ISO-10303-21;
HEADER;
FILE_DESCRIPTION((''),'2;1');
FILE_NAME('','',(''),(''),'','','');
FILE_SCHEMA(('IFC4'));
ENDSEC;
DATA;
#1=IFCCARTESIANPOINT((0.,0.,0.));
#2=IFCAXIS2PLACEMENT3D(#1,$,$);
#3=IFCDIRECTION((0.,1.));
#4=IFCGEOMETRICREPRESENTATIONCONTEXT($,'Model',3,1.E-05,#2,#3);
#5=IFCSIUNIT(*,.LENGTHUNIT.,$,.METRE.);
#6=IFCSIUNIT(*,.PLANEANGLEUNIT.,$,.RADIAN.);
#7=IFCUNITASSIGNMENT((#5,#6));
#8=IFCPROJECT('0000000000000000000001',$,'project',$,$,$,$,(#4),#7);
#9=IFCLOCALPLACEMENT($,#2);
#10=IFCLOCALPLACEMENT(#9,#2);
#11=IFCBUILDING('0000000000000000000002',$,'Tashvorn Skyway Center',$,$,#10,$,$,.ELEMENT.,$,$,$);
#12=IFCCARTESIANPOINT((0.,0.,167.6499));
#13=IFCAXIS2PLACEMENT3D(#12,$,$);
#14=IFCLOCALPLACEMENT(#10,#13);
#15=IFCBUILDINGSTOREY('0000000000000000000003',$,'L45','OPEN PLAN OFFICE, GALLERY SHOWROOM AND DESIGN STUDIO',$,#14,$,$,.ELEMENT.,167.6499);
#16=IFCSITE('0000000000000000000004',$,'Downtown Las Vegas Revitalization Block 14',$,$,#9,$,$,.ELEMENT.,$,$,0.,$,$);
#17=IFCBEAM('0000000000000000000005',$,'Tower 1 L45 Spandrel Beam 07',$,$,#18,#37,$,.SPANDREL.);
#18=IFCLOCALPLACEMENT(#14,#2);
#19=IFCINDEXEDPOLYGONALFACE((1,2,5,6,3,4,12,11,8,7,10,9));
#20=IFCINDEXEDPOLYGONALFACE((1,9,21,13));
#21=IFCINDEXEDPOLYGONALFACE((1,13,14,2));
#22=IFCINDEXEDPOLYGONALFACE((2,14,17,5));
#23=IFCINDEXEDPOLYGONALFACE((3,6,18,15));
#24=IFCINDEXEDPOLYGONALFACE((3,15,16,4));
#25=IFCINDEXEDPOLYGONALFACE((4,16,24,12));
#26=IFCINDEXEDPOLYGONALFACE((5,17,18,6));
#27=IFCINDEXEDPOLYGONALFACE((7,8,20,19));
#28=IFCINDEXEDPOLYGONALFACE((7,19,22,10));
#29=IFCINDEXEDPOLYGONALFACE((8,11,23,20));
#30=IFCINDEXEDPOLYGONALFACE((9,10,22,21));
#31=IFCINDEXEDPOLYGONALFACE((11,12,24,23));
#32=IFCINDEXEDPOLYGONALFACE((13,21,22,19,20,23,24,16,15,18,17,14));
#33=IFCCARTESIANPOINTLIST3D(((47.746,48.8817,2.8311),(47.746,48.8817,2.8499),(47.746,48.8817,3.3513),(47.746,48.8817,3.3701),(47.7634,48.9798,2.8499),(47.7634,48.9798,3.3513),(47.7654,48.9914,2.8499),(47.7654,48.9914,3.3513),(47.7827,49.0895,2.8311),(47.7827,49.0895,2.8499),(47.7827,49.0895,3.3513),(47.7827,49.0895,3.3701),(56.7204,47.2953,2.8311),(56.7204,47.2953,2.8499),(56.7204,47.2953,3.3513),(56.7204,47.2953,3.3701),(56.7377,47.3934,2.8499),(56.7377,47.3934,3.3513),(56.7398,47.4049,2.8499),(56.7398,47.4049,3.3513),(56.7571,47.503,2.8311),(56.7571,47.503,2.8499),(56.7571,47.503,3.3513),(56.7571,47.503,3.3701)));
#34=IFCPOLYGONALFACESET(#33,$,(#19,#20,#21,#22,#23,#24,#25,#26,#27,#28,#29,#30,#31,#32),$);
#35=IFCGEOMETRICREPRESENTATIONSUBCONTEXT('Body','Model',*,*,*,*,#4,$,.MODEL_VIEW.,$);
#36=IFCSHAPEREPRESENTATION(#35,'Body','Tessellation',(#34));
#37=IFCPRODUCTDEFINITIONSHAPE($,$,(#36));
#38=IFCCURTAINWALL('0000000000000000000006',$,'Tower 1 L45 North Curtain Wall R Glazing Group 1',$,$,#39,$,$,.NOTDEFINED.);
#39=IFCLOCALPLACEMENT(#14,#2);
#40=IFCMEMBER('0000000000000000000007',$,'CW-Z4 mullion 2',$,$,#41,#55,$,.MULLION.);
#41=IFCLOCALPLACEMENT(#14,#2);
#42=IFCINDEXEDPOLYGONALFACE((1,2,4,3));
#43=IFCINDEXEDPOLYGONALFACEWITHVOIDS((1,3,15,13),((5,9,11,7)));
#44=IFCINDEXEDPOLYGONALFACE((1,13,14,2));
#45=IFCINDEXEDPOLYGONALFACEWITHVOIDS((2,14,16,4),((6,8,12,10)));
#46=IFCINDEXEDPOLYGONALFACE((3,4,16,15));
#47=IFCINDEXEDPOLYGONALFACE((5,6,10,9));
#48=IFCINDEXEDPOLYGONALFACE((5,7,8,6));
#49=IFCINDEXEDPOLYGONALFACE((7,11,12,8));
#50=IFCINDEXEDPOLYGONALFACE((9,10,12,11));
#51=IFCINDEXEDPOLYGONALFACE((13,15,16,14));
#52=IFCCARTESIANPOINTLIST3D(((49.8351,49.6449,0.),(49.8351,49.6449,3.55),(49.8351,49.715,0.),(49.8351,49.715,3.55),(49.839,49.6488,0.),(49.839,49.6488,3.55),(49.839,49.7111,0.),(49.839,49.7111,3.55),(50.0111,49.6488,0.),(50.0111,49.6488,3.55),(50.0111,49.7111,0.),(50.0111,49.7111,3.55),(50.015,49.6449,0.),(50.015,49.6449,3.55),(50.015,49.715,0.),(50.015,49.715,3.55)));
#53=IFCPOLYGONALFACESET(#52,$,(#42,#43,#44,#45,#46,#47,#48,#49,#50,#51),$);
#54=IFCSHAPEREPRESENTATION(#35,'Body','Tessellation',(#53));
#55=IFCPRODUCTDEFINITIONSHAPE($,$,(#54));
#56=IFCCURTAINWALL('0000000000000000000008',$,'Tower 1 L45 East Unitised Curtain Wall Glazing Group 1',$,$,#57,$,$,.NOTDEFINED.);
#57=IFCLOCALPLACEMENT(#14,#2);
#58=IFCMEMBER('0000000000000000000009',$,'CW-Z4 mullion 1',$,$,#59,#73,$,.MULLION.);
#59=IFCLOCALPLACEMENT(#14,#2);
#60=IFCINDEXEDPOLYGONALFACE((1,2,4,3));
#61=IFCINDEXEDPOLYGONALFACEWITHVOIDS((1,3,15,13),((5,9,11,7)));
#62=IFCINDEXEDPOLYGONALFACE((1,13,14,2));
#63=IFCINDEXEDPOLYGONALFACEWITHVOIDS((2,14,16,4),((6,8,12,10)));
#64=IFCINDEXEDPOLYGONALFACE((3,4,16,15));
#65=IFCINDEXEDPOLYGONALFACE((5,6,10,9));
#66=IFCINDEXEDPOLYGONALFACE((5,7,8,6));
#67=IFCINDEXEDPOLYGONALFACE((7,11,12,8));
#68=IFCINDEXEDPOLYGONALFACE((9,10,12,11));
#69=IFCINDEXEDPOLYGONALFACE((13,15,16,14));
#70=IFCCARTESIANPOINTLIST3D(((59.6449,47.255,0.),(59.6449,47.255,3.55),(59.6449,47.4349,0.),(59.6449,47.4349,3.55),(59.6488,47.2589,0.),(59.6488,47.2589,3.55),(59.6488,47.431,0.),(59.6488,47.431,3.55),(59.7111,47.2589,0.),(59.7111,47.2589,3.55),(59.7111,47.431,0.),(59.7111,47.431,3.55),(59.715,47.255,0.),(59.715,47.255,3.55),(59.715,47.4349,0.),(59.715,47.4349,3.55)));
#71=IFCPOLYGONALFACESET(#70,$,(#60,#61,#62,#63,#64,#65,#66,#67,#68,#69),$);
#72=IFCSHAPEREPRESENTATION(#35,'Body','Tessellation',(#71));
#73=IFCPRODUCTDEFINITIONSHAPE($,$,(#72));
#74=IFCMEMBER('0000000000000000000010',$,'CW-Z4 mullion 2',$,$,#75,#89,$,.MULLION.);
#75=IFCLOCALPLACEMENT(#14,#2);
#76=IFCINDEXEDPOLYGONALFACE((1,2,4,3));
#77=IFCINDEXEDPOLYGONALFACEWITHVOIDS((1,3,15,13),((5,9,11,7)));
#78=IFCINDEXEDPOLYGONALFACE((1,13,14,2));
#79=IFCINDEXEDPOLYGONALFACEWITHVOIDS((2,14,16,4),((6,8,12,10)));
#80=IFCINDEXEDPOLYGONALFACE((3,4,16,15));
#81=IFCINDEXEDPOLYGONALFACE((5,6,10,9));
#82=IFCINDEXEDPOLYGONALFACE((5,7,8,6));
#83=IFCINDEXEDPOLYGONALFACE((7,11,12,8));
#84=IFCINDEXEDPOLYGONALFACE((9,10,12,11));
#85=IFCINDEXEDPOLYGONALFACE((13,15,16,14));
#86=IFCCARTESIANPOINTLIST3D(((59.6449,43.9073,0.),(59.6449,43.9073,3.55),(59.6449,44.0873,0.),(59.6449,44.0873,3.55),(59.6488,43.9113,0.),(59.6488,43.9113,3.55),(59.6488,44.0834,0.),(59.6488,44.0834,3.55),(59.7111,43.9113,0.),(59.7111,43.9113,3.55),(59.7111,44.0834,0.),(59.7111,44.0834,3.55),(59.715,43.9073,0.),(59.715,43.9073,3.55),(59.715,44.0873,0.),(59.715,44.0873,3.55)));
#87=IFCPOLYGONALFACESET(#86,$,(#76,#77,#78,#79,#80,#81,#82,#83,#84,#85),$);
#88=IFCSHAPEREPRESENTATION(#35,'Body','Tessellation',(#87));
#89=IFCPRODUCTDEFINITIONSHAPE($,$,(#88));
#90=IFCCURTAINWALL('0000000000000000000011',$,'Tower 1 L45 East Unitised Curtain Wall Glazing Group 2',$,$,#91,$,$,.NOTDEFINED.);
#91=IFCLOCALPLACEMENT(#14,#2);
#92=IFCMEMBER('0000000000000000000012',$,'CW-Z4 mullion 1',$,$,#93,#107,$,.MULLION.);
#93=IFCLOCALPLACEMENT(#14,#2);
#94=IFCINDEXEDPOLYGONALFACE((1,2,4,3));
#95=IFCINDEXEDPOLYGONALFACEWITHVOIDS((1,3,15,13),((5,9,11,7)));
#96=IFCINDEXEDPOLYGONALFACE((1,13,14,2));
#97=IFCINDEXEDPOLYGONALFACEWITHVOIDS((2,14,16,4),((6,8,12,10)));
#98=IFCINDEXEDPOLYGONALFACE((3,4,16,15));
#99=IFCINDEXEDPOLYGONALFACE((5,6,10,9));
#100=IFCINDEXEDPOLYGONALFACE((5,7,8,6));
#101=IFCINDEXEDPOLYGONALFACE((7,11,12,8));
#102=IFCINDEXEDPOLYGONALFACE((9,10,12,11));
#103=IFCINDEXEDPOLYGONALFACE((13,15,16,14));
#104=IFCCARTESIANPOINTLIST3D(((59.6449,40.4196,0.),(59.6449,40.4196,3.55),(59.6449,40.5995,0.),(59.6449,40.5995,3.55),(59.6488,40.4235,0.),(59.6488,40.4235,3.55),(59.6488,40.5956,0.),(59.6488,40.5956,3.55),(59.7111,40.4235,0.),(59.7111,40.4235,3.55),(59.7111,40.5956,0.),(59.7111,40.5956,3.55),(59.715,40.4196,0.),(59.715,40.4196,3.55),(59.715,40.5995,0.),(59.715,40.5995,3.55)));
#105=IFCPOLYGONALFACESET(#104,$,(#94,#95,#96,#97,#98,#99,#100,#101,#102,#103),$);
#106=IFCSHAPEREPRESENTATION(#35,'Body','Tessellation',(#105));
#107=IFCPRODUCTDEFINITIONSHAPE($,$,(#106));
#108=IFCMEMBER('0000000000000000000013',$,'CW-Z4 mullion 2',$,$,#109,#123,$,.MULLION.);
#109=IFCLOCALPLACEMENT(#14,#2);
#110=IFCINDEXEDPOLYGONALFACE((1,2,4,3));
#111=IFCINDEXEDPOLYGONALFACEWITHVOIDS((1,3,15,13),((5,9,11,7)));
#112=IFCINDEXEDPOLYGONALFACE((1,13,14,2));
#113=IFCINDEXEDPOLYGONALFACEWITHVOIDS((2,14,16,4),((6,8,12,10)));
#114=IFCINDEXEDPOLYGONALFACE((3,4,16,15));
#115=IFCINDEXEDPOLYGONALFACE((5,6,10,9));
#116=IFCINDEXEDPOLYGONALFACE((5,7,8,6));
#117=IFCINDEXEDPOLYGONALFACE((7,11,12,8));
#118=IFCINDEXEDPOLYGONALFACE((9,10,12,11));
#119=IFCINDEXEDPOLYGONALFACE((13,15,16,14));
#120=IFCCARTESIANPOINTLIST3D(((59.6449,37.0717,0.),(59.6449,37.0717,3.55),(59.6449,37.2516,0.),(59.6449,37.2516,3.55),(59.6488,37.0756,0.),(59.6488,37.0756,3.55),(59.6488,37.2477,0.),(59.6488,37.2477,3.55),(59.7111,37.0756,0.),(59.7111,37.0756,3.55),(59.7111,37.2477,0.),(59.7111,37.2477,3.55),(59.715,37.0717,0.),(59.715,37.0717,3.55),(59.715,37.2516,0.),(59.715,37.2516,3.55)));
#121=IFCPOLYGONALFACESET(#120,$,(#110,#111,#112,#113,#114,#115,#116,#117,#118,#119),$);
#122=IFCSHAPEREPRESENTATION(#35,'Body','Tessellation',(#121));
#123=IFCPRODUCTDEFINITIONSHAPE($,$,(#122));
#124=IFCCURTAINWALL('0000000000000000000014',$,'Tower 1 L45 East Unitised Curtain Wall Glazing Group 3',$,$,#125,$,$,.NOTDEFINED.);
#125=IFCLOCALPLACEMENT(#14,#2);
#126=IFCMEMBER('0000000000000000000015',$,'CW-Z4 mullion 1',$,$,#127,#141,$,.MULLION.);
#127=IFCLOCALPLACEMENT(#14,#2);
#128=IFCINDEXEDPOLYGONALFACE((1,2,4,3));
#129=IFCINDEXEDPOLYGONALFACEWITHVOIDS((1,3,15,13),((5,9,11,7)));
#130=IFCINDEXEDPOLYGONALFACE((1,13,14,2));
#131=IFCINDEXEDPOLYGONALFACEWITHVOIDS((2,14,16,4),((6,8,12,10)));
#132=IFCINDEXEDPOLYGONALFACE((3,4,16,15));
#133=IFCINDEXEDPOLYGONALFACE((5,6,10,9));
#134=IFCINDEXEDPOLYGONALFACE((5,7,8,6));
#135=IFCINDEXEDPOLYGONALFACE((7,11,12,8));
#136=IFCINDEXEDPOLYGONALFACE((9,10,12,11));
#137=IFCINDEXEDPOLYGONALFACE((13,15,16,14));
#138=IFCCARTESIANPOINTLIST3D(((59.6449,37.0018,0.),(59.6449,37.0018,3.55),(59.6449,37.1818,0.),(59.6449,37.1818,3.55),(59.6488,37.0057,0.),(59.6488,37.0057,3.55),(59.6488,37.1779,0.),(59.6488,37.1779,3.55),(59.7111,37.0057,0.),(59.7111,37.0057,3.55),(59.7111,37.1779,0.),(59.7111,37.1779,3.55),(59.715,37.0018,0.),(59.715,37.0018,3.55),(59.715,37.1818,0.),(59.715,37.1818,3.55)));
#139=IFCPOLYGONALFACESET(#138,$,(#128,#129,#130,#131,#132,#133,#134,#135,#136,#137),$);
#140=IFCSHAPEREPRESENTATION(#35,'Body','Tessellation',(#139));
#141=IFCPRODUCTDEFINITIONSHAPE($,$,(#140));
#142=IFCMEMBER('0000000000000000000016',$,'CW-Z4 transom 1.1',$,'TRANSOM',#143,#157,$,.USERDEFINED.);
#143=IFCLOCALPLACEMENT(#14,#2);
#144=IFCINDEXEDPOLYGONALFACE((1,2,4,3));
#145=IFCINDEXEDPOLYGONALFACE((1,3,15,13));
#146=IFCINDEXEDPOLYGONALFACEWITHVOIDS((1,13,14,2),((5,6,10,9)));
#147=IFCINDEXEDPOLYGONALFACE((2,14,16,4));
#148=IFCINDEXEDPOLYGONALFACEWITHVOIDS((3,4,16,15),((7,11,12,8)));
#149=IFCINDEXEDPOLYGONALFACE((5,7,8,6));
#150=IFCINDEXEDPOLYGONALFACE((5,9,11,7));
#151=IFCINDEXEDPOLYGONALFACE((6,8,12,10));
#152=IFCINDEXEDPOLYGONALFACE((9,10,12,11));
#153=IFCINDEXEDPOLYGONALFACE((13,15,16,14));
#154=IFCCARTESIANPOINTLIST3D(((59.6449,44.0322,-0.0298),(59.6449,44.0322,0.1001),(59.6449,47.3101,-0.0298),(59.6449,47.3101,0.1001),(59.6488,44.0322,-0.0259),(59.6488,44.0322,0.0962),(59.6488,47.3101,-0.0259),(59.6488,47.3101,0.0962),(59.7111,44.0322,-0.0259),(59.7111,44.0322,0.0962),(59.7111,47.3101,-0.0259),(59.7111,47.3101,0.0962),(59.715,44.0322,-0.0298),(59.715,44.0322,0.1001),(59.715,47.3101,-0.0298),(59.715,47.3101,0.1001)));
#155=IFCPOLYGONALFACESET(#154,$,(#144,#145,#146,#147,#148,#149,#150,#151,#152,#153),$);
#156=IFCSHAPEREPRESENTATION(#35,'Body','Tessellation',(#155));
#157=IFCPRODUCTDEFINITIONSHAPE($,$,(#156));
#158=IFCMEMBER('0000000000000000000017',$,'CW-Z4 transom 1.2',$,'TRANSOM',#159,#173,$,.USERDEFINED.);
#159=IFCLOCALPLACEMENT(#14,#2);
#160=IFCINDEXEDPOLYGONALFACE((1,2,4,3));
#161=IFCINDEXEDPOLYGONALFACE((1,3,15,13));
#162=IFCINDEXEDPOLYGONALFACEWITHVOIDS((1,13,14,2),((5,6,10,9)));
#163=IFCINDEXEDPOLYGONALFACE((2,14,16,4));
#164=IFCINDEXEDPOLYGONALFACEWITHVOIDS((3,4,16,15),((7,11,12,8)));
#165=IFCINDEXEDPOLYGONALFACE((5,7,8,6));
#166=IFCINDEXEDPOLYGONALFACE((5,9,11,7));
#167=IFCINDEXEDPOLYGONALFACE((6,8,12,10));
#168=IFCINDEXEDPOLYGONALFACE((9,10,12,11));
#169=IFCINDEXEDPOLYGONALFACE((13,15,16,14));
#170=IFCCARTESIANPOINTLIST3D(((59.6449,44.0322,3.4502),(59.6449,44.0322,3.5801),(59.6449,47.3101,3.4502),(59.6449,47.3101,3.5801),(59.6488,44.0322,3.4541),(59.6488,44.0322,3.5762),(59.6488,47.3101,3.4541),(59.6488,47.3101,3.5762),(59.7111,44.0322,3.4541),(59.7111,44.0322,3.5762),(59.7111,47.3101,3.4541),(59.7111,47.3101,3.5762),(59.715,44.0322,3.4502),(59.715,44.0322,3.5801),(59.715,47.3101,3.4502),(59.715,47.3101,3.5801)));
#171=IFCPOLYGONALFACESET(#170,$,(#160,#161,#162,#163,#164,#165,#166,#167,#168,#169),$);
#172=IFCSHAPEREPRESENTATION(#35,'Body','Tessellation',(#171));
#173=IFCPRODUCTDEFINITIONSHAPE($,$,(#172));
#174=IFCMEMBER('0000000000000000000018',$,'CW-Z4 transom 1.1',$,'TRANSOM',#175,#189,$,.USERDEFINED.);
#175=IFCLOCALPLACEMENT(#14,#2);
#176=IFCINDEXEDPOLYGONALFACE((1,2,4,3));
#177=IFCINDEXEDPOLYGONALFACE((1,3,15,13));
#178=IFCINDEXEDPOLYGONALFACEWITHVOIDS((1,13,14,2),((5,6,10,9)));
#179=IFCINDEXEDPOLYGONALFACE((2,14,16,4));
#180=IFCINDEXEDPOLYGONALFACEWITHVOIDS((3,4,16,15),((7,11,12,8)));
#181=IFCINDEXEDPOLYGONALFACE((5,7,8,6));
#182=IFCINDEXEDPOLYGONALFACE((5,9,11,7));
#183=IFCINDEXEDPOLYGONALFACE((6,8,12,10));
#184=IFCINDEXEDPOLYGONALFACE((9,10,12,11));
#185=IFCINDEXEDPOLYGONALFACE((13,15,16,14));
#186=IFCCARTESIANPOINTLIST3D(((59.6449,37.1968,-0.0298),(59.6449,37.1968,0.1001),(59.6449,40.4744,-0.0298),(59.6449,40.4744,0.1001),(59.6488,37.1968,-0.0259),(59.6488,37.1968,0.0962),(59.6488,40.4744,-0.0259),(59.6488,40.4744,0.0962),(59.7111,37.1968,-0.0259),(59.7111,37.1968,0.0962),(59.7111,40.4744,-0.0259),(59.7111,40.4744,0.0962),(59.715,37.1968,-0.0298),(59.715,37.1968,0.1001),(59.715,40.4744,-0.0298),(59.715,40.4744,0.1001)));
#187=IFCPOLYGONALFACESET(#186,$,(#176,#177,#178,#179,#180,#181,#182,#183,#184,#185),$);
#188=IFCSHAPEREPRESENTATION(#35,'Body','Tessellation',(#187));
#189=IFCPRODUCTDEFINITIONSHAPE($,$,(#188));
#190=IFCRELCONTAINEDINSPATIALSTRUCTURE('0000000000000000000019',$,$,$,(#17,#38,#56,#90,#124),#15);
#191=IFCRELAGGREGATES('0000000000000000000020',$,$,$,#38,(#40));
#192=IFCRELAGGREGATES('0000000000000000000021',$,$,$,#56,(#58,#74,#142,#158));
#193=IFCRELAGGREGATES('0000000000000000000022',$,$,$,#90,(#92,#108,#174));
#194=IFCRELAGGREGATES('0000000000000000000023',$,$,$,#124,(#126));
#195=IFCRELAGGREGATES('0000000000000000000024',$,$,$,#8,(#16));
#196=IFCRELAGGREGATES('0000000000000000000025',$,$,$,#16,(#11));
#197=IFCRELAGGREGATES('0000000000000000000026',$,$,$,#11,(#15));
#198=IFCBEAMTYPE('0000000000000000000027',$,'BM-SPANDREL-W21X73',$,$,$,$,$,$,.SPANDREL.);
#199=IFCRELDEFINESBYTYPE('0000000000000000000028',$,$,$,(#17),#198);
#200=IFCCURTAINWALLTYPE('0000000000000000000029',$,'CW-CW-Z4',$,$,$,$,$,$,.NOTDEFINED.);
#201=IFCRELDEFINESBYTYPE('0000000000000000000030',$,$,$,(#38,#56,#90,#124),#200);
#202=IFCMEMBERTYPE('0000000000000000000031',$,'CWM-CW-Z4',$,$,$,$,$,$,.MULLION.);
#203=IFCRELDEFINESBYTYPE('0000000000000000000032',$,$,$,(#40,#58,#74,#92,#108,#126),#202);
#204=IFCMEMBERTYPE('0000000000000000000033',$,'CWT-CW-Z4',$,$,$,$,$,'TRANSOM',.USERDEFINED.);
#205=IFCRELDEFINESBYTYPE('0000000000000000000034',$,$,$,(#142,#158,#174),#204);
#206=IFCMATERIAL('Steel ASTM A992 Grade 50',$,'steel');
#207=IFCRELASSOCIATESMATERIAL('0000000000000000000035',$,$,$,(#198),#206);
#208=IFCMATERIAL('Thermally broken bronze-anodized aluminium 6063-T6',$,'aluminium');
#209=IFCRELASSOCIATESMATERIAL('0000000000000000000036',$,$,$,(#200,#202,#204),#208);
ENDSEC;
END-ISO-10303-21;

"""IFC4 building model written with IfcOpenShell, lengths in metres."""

from ifc_helpers import new_model, si_unit, direction, frame, origin, origin_2d, place, context, subcontext, project, spatial, hollow_rectangle, i_section, extrude, material, material_profile, profile_set, type_object, element, aggregate, save


model = new_model("IFC4")

# Units and contexts
model_context = context("Model", 3, precision=1e-05, world=origin(), true_north=direction((0.0, 1.0)))
body_context = subcontext(model_context, "Body", "Model", "MODEL_VIEW")
ifc_project = project(units=[si_unit("LENGTHUNIT", "METRE"), si_unit("PLANEANGLEUNIT", "RADIAN")], contexts=[model_context])

# Site, building, storey
site_placement = place(None, origin())
site = spatial("IfcSite", under=ifc_project, at=site_placement, Name="Downtown Las Vegas Revitalization Block 14", CompositionType="ELEMENT", RefElevation=0.0)
building_placement = place(site_placement, origin())
building = spatial("IfcBuilding", under=site, at=building_placement, Name="Tashvorn Skyway Center", CompositionType="ELEMENT")
storey_placement = place(building_placement, frame((0.0, 0.0, 167.6499)))
storey = spatial("IfcBuildingStorey", under=building, at=storey_placement, Name="L45", Description="OPEN PLAN OFFICE, GALLERY SHOWROOM AND DESIGN STUDIO", CompositionType="ELEMENT", Elevation=167.6499)

# Beam
ifc_material_1 = material(Name="Steel ASTM A992 Grade 50", Category="steel")
ifc_material_profile_1 = material_profile(ifc_material_1, i_section(OverallWidth=0.2109, OverallDepth=0.5391, WebThickness=0.0117, FlangeThickness=0.0188, at=origin_2d()), Name="W21X73")
ifc_profile_set_1 = profile_set([ifc_material_profile_1], Name="Steel ASTM A992 Grade 50")
beam_type_1 = type_object("IfcBeamType", Name="BM-SPANDREL-W21X73", PredefinedType="SPANDREL", material=ifc_profile_set_1)
for number, where, z_axis, x_axis, name in (
    (1, (56.7388, 47.3992, 3.1006), (-0.984733, 0.174074, 0.0), (-0.174074, -0.984733, 0.0), "Tower 1 L45 Spandrel Beam 07"),
):
    element("IfcBeam", number, at=place(storey_placement, frame(where, z_axis=z_axis, x_axis=x_axis)), inside=storey, type_object=beam_type_1, Name=name, PredefinedType="SPANDREL", context=body_context, shape_type="SweptSolid", body=[
        extrude(i_section(OverallWidth=0.2109, OverallDepth=0.5391, WebThickness=0.0117, FlangeThickness=0.0188, at=origin_2d()), origin(), (0.0, 0.0, 1.0), 9.1135),
    ])

# Curtain wall, member
ifc_material_2 = material(Name="Thermally broken bronze-anodized aluminium 6063-T6", Category="aluminium")
curtain_wall_type = type_object("IfcCurtainWallType", Name="CW-CW-Z4", PredefinedType="NOTDEFINED", material=ifc_material_2)
curtain_wall_1_placement = place(storey_placement, origin())
curtain_wall_1 = element("IfcCurtainWall", 2, at=curtain_wall_1_placement, inside=storey, type_object=curtain_wall_type, Name="Tower 1 L45 North Curtain Wall R Glazing Group 1", PredefinedType="NOTDEFINED")
ifc_material_profile_2 = material_profile(ifc_material_2, hollow_rectangle(XDim=0.0701, YDim=0.1799, WallThickness=0.0039, at=origin_2d()), Name="ALU-MULL-70x180")
ifc_profile_set_2 = profile_set([ifc_material_profile_2], Name="Thermally broken bronze-anodized aluminium 6063-T6")
member_type_1 = type_object("IfcMemberType", Name="CWM-CW-Z4", PredefinedType="MULLION", material=ifc_profile_set_2)
member_1_placement = place(storey_placement, frame((49.925, 49.6799, 0.0), z_axis=(0.0, 0.0, 1.0), x_axis=(0.0, 1.0, 0.0)))
member_1 = element("IfcMember", 3, at=member_1_placement, type_object=member_type_1, Name="CW-Z4 mullion 2", PredefinedType="MULLION", context=body_context, shape_type="SweptSolid", body=[
    extrude(hollow_rectangle(XDim=0.0701, YDim=0.1799, WallThickness=0.0039, at=origin_2d()), origin(), (0.0, 0.0, 1.0), 3.55),
])
aggregate(curtain_wall_1, [member_1])

# Curtain walls, members
curtain_wall_2_placement = place(storey_placement, origin())
curtain_wall_2 = element("IfcCurtainWall", 4, at=curtain_wall_2_placement, inside=storey, type_object=curtain_wall_type, Name="Tower 1 L45 East Unitised Curtain Wall Glazing Group 1", PredefinedType="NOTDEFINED")
member_2_placement = place(storey_placement, frame((59.6799, 47.345, 0.0), z_axis=(0.0, 0.0, 1.0), x_axis=(1.0, 0.0, 0.0)))
member_2 = element("IfcMember", 5, at=member_2_placement, type_object=member_type_1, Name="CW-Z4 mullion 1", PredefinedType="MULLION", context=body_context, shape_type="SweptSolid", body=[
    extrude(hollow_rectangle(XDim=0.0701, YDim=0.1799, WallThickness=0.0039, at=origin_2d()), origin(), (0.0, 0.0, 1.0), 3.55),
])
member_3_placement = place(storey_placement, frame((59.6799, 43.9973, 0.0), z_axis=(0.0, 0.0, 1.0), x_axis=(1.0, 0.0, 0.0)))
member_3 = element("IfcMember", 6, at=member_3_placement, type_object=member_type_1, Name="CW-Z4 mullion 2", PredefinedType="MULLION", context=body_context, shape_type="SweptSolid", body=[
    extrude(hollow_rectangle(XDim=0.0701, YDim=0.1799, WallThickness=0.0039, at=origin_2d()), origin(), (0.0, 0.0, 1.0), 3.55),
])
curtain_wall_3_placement = place(storey_placement, origin())
curtain_wall_3 = element("IfcCurtainWall", 7, at=curtain_wall_3_placement, inside=storey, type_object=curtain_wall_type, Name="Tower 1 L45 East Unitised Curtain Wall Glazing Group 2", PredefinedType="NOTDEFINED")
member_4_placement = place(storey_placement, frame((59.6799, 40.5095, 0.0), z_axis=(0.0, 0.0, 1.0), x_axis=(1.0, 0.0, 0.0)))
member_4 = element("IfcMember", 8, at=member_4_placement, type_object=member_type_1, Name="CW-Z4 mullion 1", PredefinedType="MULLION", context=body_context, shape_type="SweptSolid", body=[
    extrude(hollow_rectangle(XDim=0.0701, YDim=0.1799, WallThickness=0.0039, at=origin_2d()), origin(), (0.0, 0.0, 1.0), 3.55),
])
member_5_placement = place(storey_placement, frame((59.6799, 37.1616, 0.0), z_axis=(0.0, 0.0, 1.0), x_axis=(1.0, 0.0, 0.0)))
member_5 = element("IfcMember", 9, at=member_5_placement, type_object=member_type_1, Name="CW-Z4 mullion 2", PredefinedType="MULLION", context=body_context, shape_type="SweptSolid", body=[
    extrude(hollow_rectangle(XDim=0.0701, YDim=0.1799, WallThickness=0.0039, at=origin_2d()), origin(), (0.0, 0.0, 1.0), 3.55),
])

# Curtain wall, member
curtain_wall_4_placement = place(storey_placement, origin())
curtain_wall_4 = element("IfcCurtainWall", 10, at=curtain_wall_4_placement, inside=storey, type_object=curtain_wall_type, Name="Tower 1 L45 East Unitised Curtain Wall Glazing Group 3", PredefinedType="NOTDEFINED")
member_6_placement = place(storey_placement, frame((59.6799, 37.0918, 0.0), z_axis=(0.0, 0.0, 1.0), x_axis=(1.0, 0.0, 0.0)))
member_6 = element("IfcMember", 11, at=member_6_placement, type_object=member_type_1, Name="CW-Z4 mullion 1", PredefinedType="MULLION", context=body_context, shape_type="SweptSolid", body=[
    extrude(hollow_rectangle(XDim=0.0701, YDim=0.1799, WallThickness=0.0039, at=origin_2d()), origin(), (0.0, 0.0, 1.0), 3.55),
])

# Members
ifc_material_profile_3 = material_profile(ifc_material_2, hollow_rectangle(XDim=0.0701, YDim=0.1299, WallThickness=0.0039, at=origin_2d()), Name="ALU-TRAN-70x130")
ifc_profile_set_3 = profile_set([ifc_material_profile_3], Name="Thermally broken bronze-anodized aluminium 6063-T6")
member_type_2 = type_object("IfcMemberType", Name="CWT-CW-Z4", ElementType="TRANSOM", PredefinedType="USERDEFINED", material=ifc_profile_set_3)
member_7_placement = place(storey_placement, frame((59.6799, 47.3101, 0.0352), z_axis=(0.0, -1.0, 0.0), x_axis=(1.0, 0.0, 0.0)))
member_7 = element("IfcMember", 12, at=member_7_placement, type_object=member_type_2, Name="CW-Z4 transom 1.1", ObjectType="TRANSOM", PredefinedType="USERDEFINED", context=body_context, shape_type="SweptSolid", body=[
    extrude(hollow_rectangle(XDim=0.0701, YDim=0.1299, WallThickness=0.0039, at=origin_2d()), origin(), (0.0, 0.0, 1.0), 3.2778),
])
member_8_placement = place(storey_placement, frame((59.6799, 47.3101, 3.5151), z_axis=(0.0, -1.0, 0.0), x_axis=(1.0, 0.0, 0.0)))
member_8 = element("IfcMember", 13, at=member_8_placement, type_object=member_type_2, Name="CW-Z4 transom 1.2", ObjectType="TRANSOM", PredefinedType="USERDEFINED", context=body_context, shape_type="SweptSolid", body=[
    extrude(hollow_rectangle(XDim=0.0701, YDim=0.1299, WallThickness=0.0039, at=origin_2d()), origin(), (0.0, 0.0, 1.0), 3.2778),
])
member_9_placement = place(storey_placement, frame((59.6799, 40.4744, 0.0352), z_axis=(0.0, -1.0, 0.0), x_axis=(1.0, 0.0, 0.0)))
member_9 = element("IfcMember", 14, at=member_9_placement, type_object=member_type_2, Name="CW-Z4 transom 1.1", ObjectType="TRANSOM", PredefinedType="USERDEFINED", context=body_context, shape_type="SweptSolid", body=[
    extrude(hollow_rectangle(XDim=0.0701, YDim=0.1299, WallThickness=0.0039, at=origin_2d()), origin(), (0.0, 0.0, 1.0), 3.2776),
])

aggregate(curtain_wall_2, [member_2, member_3, member_7, member_8])
aggregate(curtain_wall_3, [member_4, member_5, member_9])
aggregate(curtain_wall_4, [member_6])

save(model, "model.ifc")
